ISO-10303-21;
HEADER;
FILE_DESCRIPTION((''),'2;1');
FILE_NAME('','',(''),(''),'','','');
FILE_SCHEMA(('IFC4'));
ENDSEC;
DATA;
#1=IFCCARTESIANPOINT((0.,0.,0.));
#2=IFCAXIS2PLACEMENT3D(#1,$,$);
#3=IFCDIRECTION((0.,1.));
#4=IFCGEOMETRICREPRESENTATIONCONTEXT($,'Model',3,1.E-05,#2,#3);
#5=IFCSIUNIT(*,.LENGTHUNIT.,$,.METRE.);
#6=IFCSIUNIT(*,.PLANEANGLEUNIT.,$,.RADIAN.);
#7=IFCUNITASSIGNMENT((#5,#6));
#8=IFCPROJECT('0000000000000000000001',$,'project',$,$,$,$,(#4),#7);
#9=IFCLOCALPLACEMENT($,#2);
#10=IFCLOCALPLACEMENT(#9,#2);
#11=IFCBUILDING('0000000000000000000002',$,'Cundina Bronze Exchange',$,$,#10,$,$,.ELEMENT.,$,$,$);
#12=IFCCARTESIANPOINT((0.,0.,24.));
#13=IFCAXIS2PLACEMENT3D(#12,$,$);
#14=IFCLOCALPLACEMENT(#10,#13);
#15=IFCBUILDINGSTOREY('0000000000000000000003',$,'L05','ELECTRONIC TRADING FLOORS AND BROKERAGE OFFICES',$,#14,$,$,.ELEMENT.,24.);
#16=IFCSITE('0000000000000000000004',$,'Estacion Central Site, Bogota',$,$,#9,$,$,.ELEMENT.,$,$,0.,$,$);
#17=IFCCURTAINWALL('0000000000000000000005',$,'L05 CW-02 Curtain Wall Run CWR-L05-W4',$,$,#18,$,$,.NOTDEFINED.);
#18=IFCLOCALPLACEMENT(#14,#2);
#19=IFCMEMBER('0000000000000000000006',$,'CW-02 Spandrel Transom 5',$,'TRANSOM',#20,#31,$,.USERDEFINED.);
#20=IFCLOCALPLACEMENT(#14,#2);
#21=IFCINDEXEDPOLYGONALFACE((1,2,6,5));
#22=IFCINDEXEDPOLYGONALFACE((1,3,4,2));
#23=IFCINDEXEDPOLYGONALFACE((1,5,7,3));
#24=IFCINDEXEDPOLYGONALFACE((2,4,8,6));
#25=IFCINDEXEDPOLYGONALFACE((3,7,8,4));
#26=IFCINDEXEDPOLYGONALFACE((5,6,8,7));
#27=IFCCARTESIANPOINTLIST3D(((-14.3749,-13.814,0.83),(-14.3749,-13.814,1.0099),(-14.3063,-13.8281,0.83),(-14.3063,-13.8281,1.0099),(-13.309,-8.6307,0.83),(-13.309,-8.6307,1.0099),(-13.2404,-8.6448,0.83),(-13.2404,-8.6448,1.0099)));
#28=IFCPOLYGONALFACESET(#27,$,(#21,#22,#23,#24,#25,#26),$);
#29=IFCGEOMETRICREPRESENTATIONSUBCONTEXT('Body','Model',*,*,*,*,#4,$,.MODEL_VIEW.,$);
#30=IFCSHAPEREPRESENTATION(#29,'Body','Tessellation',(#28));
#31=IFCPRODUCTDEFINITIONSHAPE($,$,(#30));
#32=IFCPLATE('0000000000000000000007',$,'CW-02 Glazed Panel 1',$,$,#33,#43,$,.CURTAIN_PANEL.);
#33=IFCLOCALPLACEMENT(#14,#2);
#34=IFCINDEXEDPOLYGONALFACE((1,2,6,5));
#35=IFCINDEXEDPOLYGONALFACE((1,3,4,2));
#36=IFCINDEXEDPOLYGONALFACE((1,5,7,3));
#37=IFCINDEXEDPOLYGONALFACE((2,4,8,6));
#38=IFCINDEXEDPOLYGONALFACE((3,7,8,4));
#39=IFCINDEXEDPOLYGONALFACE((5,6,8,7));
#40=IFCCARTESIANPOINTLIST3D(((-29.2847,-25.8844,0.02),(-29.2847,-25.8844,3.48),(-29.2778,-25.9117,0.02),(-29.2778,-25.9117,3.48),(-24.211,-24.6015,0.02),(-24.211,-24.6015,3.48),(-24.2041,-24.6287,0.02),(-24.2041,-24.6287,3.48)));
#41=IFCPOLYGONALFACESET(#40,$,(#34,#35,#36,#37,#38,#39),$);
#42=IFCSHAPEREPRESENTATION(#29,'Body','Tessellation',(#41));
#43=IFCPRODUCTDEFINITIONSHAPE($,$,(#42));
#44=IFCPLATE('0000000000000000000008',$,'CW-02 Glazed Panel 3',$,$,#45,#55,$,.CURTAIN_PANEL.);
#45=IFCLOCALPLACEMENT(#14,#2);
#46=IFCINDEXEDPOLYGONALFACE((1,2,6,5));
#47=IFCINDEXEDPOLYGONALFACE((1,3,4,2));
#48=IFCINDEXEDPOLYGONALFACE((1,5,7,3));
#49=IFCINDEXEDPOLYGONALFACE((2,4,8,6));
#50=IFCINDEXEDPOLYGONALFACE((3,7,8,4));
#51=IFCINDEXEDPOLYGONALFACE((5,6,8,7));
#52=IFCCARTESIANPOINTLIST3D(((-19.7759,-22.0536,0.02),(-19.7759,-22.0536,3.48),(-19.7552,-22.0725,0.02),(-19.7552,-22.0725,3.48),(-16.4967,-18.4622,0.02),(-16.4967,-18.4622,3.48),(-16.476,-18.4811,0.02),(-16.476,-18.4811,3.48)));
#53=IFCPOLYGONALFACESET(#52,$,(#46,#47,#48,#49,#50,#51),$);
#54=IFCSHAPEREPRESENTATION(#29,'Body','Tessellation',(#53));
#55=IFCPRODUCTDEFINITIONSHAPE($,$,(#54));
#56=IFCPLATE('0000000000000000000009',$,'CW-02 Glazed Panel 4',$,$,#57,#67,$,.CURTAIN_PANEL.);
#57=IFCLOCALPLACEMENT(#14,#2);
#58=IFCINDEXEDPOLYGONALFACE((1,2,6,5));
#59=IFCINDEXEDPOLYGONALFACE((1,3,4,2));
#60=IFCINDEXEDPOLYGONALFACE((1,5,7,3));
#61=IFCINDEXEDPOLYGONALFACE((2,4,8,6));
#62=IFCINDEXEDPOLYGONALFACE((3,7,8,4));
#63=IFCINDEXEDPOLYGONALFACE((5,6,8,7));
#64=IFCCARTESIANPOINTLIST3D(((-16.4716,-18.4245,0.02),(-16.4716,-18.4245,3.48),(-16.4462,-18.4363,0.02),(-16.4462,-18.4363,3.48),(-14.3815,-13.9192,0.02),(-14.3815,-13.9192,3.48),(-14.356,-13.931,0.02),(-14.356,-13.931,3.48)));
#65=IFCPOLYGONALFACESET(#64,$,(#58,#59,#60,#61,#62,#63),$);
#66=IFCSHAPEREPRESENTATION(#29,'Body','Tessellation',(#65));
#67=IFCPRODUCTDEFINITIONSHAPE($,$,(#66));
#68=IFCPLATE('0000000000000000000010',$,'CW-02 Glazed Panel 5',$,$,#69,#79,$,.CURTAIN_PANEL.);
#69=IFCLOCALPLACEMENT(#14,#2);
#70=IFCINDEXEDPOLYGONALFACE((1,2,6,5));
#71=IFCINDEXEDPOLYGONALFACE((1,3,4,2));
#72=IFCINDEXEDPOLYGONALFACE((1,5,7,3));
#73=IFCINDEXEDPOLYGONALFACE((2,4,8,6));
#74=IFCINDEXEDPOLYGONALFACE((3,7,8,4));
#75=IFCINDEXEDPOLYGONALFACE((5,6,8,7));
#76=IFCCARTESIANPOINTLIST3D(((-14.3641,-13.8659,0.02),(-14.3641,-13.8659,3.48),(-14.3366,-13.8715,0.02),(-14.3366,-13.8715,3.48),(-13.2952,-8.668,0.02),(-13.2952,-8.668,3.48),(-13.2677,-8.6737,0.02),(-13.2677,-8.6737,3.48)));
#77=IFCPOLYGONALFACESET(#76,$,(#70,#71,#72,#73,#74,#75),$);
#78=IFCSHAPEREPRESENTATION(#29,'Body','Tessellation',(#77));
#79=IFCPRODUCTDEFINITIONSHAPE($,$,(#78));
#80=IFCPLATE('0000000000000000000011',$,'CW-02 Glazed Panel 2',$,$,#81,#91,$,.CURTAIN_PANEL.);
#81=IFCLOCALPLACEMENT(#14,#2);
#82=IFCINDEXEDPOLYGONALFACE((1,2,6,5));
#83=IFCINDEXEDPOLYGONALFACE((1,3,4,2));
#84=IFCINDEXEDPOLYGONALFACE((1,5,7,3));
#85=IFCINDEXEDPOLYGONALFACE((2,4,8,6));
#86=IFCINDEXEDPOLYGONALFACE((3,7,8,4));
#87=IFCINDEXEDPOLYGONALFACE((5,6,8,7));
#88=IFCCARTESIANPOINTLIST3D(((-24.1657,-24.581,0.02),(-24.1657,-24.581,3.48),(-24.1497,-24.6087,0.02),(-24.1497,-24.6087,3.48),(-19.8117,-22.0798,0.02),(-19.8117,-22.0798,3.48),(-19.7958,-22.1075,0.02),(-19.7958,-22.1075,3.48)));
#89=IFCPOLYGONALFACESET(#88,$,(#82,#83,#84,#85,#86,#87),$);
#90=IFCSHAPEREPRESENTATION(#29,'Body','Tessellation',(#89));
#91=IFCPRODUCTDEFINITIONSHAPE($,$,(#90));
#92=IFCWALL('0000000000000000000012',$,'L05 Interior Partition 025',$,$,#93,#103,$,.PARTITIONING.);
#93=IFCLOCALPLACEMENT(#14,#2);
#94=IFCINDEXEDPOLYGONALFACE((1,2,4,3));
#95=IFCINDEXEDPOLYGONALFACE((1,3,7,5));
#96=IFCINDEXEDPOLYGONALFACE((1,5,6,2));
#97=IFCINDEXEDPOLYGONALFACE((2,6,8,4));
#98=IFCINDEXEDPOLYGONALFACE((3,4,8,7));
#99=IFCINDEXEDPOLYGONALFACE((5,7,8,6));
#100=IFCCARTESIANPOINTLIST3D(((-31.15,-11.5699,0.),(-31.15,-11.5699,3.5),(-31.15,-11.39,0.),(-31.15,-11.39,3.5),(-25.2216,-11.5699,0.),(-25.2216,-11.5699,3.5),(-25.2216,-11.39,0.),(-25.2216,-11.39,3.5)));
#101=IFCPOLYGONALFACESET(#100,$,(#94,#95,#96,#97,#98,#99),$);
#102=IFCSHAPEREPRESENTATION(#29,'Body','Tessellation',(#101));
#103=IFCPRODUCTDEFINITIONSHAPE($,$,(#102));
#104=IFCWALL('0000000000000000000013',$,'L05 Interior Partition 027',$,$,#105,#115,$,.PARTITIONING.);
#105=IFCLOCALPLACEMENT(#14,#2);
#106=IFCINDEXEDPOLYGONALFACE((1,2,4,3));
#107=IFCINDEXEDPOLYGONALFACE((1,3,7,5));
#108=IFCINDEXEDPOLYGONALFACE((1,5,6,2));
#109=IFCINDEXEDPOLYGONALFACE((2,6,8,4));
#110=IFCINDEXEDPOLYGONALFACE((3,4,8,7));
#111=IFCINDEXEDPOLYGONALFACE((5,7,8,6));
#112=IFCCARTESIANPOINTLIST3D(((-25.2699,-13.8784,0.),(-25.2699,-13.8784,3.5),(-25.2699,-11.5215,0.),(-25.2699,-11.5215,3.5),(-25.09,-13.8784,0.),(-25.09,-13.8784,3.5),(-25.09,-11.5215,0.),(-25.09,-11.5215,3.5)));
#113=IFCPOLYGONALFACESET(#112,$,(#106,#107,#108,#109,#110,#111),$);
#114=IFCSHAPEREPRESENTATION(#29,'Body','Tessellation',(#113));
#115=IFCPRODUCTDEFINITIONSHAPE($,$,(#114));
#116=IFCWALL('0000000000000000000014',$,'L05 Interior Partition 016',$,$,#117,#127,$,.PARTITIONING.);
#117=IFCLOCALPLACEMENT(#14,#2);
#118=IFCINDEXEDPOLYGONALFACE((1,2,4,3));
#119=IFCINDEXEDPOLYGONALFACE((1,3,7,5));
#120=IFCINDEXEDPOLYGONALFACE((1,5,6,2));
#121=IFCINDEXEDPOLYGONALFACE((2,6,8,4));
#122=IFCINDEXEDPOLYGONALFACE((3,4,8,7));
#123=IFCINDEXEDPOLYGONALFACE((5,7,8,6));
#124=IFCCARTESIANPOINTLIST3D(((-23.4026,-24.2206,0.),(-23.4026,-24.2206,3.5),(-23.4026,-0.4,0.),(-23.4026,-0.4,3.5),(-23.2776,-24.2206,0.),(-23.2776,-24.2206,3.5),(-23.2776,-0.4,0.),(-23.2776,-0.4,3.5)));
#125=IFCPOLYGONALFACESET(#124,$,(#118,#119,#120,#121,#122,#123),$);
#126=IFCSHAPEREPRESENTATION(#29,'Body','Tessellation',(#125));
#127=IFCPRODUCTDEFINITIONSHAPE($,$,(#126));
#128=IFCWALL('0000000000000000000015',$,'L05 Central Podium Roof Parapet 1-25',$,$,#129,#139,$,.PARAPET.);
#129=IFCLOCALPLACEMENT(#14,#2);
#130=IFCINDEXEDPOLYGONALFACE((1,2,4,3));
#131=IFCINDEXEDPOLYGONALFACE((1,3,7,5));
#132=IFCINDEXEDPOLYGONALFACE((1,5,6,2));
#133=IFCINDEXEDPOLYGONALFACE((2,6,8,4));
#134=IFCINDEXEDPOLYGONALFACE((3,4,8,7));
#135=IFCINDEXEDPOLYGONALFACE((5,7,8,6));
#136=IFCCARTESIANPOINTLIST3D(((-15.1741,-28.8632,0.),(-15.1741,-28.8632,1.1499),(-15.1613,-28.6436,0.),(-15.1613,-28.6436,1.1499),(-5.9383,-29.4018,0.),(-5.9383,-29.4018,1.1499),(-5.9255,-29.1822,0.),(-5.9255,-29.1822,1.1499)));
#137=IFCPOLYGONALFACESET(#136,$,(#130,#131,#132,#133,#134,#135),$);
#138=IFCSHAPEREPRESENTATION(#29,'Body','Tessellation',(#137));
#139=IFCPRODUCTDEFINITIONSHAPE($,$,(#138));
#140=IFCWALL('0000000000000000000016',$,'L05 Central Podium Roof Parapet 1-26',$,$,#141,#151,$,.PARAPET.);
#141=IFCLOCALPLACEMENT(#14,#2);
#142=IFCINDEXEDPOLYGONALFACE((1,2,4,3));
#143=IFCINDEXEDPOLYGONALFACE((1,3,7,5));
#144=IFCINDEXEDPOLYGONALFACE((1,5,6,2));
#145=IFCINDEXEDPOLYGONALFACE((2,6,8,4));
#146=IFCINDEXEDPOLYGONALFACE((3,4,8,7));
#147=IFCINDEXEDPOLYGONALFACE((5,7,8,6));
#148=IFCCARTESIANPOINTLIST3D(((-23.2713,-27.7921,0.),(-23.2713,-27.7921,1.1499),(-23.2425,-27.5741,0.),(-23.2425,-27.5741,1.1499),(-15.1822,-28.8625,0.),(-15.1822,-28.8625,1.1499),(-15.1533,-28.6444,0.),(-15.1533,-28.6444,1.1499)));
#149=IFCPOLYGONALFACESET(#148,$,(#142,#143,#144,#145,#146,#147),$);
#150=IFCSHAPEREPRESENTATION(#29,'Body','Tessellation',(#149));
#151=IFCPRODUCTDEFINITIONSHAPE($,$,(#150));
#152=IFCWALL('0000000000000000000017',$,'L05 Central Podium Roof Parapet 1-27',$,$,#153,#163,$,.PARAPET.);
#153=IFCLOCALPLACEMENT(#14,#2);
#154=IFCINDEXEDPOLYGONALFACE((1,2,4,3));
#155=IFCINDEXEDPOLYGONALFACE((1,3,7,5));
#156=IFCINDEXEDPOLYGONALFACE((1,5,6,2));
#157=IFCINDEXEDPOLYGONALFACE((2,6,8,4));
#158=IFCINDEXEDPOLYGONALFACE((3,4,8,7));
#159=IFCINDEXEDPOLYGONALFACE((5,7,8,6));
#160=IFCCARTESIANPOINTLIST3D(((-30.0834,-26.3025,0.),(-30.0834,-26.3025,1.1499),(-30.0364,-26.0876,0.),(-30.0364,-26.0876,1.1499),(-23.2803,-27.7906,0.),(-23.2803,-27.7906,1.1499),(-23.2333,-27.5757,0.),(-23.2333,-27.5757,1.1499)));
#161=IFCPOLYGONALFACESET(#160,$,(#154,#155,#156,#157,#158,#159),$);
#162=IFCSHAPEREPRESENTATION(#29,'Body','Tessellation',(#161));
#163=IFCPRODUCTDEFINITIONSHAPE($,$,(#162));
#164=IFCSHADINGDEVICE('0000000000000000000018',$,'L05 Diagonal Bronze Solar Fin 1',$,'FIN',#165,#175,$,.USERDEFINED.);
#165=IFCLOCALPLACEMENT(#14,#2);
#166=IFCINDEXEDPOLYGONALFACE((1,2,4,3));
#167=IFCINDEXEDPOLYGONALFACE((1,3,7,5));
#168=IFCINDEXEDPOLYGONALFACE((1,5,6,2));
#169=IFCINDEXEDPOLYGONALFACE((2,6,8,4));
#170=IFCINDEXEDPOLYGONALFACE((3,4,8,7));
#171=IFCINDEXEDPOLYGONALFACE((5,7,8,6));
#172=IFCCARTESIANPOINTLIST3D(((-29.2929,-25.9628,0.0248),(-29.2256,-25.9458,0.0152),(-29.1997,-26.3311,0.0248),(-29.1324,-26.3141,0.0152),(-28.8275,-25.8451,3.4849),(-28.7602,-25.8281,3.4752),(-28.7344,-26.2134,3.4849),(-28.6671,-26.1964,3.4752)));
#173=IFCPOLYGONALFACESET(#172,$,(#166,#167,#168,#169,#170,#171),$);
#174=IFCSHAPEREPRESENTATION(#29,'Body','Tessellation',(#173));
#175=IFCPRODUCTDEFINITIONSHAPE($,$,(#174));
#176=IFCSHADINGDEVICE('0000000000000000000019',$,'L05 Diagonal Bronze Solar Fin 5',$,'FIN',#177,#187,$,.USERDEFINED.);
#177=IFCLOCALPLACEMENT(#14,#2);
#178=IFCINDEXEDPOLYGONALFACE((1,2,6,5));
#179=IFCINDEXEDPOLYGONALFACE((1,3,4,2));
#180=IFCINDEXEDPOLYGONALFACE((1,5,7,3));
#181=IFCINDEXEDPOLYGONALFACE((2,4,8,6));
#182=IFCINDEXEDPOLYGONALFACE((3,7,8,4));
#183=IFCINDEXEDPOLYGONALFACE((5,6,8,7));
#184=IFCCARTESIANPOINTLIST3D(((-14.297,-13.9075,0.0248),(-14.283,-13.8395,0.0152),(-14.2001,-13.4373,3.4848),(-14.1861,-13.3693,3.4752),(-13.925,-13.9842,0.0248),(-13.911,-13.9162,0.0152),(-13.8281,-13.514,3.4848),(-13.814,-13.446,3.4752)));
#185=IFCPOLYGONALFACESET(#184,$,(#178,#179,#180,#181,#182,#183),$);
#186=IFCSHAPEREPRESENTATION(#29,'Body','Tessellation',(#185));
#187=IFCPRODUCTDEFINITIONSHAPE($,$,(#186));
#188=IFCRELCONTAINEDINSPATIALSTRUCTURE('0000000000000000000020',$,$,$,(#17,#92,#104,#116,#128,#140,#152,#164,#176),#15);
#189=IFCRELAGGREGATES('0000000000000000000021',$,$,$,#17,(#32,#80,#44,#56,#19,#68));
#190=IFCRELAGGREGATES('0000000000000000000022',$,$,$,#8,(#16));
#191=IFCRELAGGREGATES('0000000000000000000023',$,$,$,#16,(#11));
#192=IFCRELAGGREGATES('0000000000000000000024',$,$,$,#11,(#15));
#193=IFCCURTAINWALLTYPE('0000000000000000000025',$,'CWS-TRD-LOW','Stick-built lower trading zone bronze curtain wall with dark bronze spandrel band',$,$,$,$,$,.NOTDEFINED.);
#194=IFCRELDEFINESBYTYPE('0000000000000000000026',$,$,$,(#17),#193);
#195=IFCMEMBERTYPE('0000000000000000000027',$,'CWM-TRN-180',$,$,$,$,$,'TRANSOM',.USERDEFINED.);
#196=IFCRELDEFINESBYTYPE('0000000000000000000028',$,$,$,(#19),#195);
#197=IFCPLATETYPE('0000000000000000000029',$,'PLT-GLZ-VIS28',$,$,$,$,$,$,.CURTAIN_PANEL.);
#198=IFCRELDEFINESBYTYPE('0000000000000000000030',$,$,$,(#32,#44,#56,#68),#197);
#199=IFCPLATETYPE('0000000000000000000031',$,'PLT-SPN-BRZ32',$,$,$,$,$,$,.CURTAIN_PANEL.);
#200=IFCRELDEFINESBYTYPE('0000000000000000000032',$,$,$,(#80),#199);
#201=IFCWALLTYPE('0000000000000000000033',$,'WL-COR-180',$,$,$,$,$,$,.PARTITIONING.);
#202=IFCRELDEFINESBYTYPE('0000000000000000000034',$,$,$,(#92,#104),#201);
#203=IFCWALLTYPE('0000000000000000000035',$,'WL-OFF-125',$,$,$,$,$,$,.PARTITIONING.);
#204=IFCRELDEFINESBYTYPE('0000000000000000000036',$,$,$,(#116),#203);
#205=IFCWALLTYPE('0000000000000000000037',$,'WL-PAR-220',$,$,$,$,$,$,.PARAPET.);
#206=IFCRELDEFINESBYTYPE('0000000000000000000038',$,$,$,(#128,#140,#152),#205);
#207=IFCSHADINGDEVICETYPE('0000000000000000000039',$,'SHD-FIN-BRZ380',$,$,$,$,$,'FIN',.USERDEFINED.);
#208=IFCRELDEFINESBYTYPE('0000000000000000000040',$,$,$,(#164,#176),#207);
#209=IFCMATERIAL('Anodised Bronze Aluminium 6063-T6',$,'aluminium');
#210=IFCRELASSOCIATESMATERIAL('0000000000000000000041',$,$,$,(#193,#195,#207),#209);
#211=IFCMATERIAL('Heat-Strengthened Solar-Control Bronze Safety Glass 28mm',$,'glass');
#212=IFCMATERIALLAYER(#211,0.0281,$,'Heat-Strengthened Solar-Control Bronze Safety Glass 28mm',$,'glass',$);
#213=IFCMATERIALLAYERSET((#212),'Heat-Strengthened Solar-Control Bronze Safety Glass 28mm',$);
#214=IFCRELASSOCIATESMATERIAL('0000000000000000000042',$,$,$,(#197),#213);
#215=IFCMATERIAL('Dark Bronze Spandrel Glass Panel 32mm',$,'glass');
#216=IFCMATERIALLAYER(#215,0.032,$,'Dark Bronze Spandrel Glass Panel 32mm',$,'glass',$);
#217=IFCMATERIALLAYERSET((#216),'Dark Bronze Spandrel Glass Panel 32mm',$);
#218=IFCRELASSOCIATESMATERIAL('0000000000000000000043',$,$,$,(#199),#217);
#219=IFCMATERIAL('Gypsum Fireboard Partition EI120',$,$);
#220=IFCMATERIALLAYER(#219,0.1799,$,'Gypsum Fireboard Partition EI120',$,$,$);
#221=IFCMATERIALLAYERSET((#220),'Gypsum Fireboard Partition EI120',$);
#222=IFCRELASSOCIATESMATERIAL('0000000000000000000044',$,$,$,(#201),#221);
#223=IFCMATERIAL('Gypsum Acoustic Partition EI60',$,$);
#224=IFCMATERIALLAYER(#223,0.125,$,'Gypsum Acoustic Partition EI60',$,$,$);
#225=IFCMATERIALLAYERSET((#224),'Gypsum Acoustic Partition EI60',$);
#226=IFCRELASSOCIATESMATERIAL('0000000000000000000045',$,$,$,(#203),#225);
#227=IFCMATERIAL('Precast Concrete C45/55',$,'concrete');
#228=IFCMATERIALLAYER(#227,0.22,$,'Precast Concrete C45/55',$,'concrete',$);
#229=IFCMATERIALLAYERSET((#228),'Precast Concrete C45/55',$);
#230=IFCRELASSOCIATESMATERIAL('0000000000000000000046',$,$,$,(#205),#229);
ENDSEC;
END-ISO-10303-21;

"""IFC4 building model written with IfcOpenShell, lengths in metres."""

from ifc_helpers import new_model, si_unit, direction, frame, frame_2d, origin, origin_2d, place, context, subcontext, project, spatial, rectangle, extrude, material, layer, layer_set, material_profile, profile_set, type_object, element, aggregate, save


model = new_model("IFC4")

# Units and contexts
model_context = context("Model", 3, precision=1e-05, world=origin(), true_north=direction((0.0, 1.0)))
body_context = subcontext(model_context, "Body", "Model", "MODEL_VIEW")
ifc_project = project(units=[si_unit("LENGTHUNIT", "METRE"), si_unit("PLANEANGLEUNIT", "RADIAN")], contexts=[model_context])

# Site, building, storey
site_placement = place(None, origin())
site = spatial("IfcSite", under=ifc_project, at=site_placement, Name="Estacion Central Site, Bogota", CompositionType="ELEMENT", RefElevation=0.0)
building_placement = place(site_placement, origin())
building = spatial("IfcBuilding", under=site, at=building_placement, Name="Cundina Bronze Exchange", CompositionType="ELEMENT")
storey_placement = place(building_placement, frame((0.0, 0.0, 24.0)))
storey = spatial("IfcBuildingStorey", under=building, at=storey_placement, Name="L05", Description="ELECTRONIC TRADING FLOORS AND BROKERAGE OFFICES", CompositionType="ELEMENT", Elevation=24.0)

# Shared definitions
ifc_material_1 = material(Name="Anodised Bronze Aluminium 6063-T6", Category="aluminium")
curtain_wall_type = type_object("IfcCurtainWallType", Name="CWS-TRD-LOW", Description="Stick-built lower trading zone bronze curtain wall with dark bronze spandrel band", PredefinedType="NOTDEFINED", material=ifc_material_1)

# Curtain wall, member, plates
curtain_wall_1_placement = place(storey_placement, origin())
curtain_wall_1 = element("IfcCurtainWall", 1, at=curtain_wall_1_placement, inside=storey, type_object=curtain_wall_type, Name="L05 CW-02 Curtain Wall Run CWR-L05-W4", PredefinedType="NOTDEFINED")
ifc_material_profile_1 = material_profile(ifc_material_1, rectangle(XDim=0.0701, YDim=0.1799, at=origin_2d()), Name="AL70X180", Category="aluminium")
ifc_profile_set_1 = profile_set([ifc_material_profile_1], Name="Anodised Bronze Aluminium 6063-T6")
member_type_1 = type_object("IfcMemberType", Name="CWM-TRN-180", ElementType="TRANSOM", PredefinedType="USERDEFINED", material=ifc_profile_set_1)
member_1_placement = place(storey_placement, frame((-14.3406, -13.821, 0.9199), z_axis=(0.201428, 0.979503, 0.0), x_axis=(-0.979503, 0.201428, 0.0)))
member_1 = element("IfcMember", 2, at=member_1_placement, type_object=member_type_1, Name="CW-02 Spandrel Transom 5", ObjectType="TRANSOM", PredefinedType="USERDEFINED", context=body_context, shape_type="SweptSolid", body=[
    extrude(rectangle(XDim=0.0701, YDim=0.1799, at=origin_2d()), origin(), (0.0, 0.0, 1.0), 5.2917),
])
ifc_material_2 = material(Name="Heat-Strengthened Solar-Control Bronze Safety Glass 28mm", Category="glass")
ifc_layer_1 = layer(ifc_material_2, 0.0281, Name="Heat-Strengthened Solar-Control Bronze Safety Glass 28mm", Category="glass")
ifc_layer_set_1 = layer_set([ifc_layer_1], Name="Heat-Strengthened Solar-Control Bronze Safety Glass 28mm")
plate_type_1 = type_object("IfcPlateType", Name="PLT-GLZ-VIS28", PredefinedType="CURTAIN_PANEL", material=ifc_layer_set_1)
plate_1_placement = place(storey_placement, frame((-26.7444, -25.2566, 0.02), z_axis=(0.0, 0.0, 1.0), x_axis=(0.969488, 0.245138, 0.0)))
plate_1 = element("IfcPlate", 3, at=plate_1_placement, type_object=plate_type_1, Name="CW-02 Glazed Panel 1", PredefinedType="CURTAIN_PANEL", context=body_context, shape_type="SweptSolid", body=[
    extrude(rectangle(XDim=5.2334, YDim=0.0281, at=origin_2d()), origin(), (0.0, 0.0, 1.0), 3.46),
])
plate_2_placement = place(storey_placement, frame((-18.126, -20.2673, 0.02), z_axis=(0.0, 0.0, 1.0), x_axis=(0.674277, 0.738479, 0.0)))
plate_2 = element("IfcPlate", 4, at=plate_2_placement, type_object=plate_type_1, Name="CW-02 Glazed Panel 3", PredefinedType="CURTAIN_PANEL", context=body_context, shape_type="SweptSolid", body=[
    extrude(rectangle(XDim=4.8633, YDim=0.0281, at=origin_2d()), origin(), (0.0, 0.0, 1.0), 3.46),
])
plate_3_placement = place(storey_placement, frame((-15.4138, -16.1777, 0.02), z_axis=(0.0, 0.0, 1.0), x_axis=(0.420846, 0.907132, 0.0)))
plate_3 = element("IfcPlate", 5, at=plate_3_placement, type_object=plate_type_1, Name="CW-02 Glazed Panel 4", PredefinedType="CURTAIN_PANEL", context=body_context, shape_type="SweptSolid", body=[
    extrude(rectangle(XDim=4.9666, YDim=0.0281, at=origin_2d()), origin(), (0.0, 0.0, 1.0), 3.46),
])
plate_4_placement = place(storey_placement, frame((-13.8159, -11.2698, 0.02), z_axis=(0.0, 0.0, 1.0), x_axis=(0.20142, 0.979505, 0.0)))
plate_4 = element("IfcPlate", 6, at=plate_4_placement, type_object=plate_type_1, Name="CW-02 Glazed Panel 5", PredefinedType="CURTAIN_PANEL", context=body_context, shape_type="SweptSolid", body=[
    extrude(rectangle(XDim=5.3066, YDim=0.0281, at=origin_2d()), origin(), (0.0, 0.0, 1.0), 3.46),
])
ifc_material_3 = material(Name="Dark Bronze Spandrel Glass Panel 32mm", Category="glass")
ifc_layer_2 = layer(ifc_material_3, 0.032, Name="Dark Bronze Spandrel Glass Panel 32mm", Category="glass")
ifc_layer_set_2 = layer_set([ifc_layer_2], Name="Dark Bronze Spandrel Glass Panel 32mm")
plate_type_2 = type_object("IfcPlateType", Name="PLT-SPN-BRZ32", PredefinedType="CURTAIN_PANEL", material=ifc_layer_set_2)
plate_5_placement = place(storey_placement, frame((-21.9807, -23.3442, 0.02), z_axis=(0.0, 0.0, 1.0), x_axis=(0.867105, 0.498125, 0.0)))
plate_5 = element("IfcPlate", 7, at=plate_5_placement, type_object=plate_type_2, Name="CW-02 Glazed Panel 2", PredefinedType="CURTAIN_PANEL", context=body_context, shape_type="SweptSolid", body=[
    extrude(rectangle(XDim=5.0212, YDim=0.032, at=origin_2d()), origin(), (0.0, 0.0, 1.0), 3.46),
])
aggregate(curtain_wall_1, [plate_1, plate_5, plate_2, plate_3, member_1, plate_4])

# Walls
ifc_material_4 = material(Name="Gypsum Fireboard Partition EI120")
ifc_layer_3 = layer(ifc_material_4, 0.1799, Name="Gypsum Fireboard Partition EI120")
ifc_layer_set_3 = layer_set([ifc_layer_3], Name="Gypsum Fireboard Partition EI120")
wall_type_1 = type_object("IfcWallType", Name="WL-COR-180", PredefinedType="PARTITIONING", material=ifc_layer_set_3)
wall_1_placement = place(storey_placement, frame((-25.2214, -11.48, 0.0), z_axis=(0.0, 0.0, 1.0), x_axis=(-1.0, 0.0, 0.0)))
element("IfcWall", 8, at=wall_1_placement, inside=storey, type_object=wall_type_1, Name="L05 Interior Partition 025", PredefinedType="PARTITIONING", context=body_context, shape_type="SweptSolid", body=[
    extrude(rectangle(XDim=5.9285, YDim=0.1799, at=frame_2d((2.9644, 0.0))), origin(), (0.0, 0.0, 1.0), 3.5),
])
wall_2_placement = place(storey_placement, frame((-25.1799, -13.8784, 0.0), z_axis=(0.0, 0.0, 1.0), x_axis=(0.0, 1.0, 0.0)))
element("IfcWall", 9, at=wall_2_placement, inside=storey, type_object=wall_type_1, Name="L05 Interior Partition 027", PredefinedType="PARTITIONING", context=body_context, shape_type="SweptSolid", body=[
    extrude(rectangle(XDim=2.3569, YDim=0.1799, at=frame_2d((1.1785, 0.0))), origin(), (0.0, 0.0, 1.0), 3.5),
])
ifc_material_5 = material(Name="Gypsum Acoustic Partition EI60")
ifc_layer_4 = layer(ifc_material_5, 0.125, Name="Gypsum Acoustic Partition EI60")
ifc_layer_set_4 = layer_set([ifc_layer_4], Name="Gypsum Acoustic Partition EI60")
wall_type_2 = type_object("IfcWallType", Name="WL-OFF-125", PredefinedType="PARTITIONING", material=ifc_layer_set_4)
wall_3_placement = place(storey_placement, frame((-23.3401, -24.2205, 0.0), z_axis=(0.0, 0.0, 1.0), x_axis=(0.0, 1.0, 0.0)))
element("IfcWall", 10, at=wall_3_placement, inside=storey, type_object=wall_type_2, Name="L05 Interior Partition 016", PredefinedType="PARTITIONING", context=body_context, shape_type="SweptSolid", body=[
    extrude(rectangle(XDim=23.8206, YDim=0.125, at=frame_2d((11.9102, 0.0))), origin(), (0.0, 0.0, 1.0), 3.5),
])
ifc_material_6 = material(Name="Precast Concrete C45/55", Category="concrete")
ifc_layer_5 = layer(ifc_material_6, 0.22, Name="Precast Concrete C45/55", Category="concrete")
ifc_layer_set_5 = layer_set([ifc_layer_5], Name="Precast Concrete C45/55")
wall_type_3 = type_object("IfcWallType", Name="WL-PAR-220", PredefinedType="PARAPET", material=ifc_layer_set_5)
wall_4_placement = place(storey_placement, frame((-5.9319, -29.292, 0.0), z_axis=(0.0, 0.0, 1.0), x_axis=(-0.998304, 0.058215, 0.0)))
element("IfcWall", 11, at=wall_4_placement, inside=storey, type_object=wall_type_3, Name="L05 Central Podium Roof Parapet 1-25", PredefinedType="PARAPET", context=body_context, shape_type="SweptSolid", body=[
    extrude(rectangle(XDim=9.2515, YDim=0.22, at=frame_2d((4.6257, 0.0))), origin(), (0.0, 0.0, 1.0), 1.1499),
])
wall_5_placement = place(storey_placement, frame((-15.1677, -28.7534, 0.0), z_axis=(0.0, 0.0, 1.0), x_axis=(-0.99136, 0.131172, 0.0)))
element("IfcWall", 12, at=wall_5_placement, inside=storey, type_object=wall_type_3, Name="L05 Central Podium Roof Parapet 1-26", PredefinedType="PARAPET", context=body_context, shape_type="SweptSolid", body=[
    extrude(rectangle(XDim=8.1597, YDim=0.22, at=frame_2d((4.0798, 0.0))), origin(), (0.0, 0.0, 1.0), 1.1499),
])
wall_6_placement = place(storey_placement, frame((-23.2568, -27.6831, 0.0), z_axis=(0.0, 0.0, 1.0), x_axis=(-0.976903, 0.213681, 0.0)))
element("IfcWall", 13, at=wall_6_placement, inside=storey, type_object=wall_type_3, Name="L05 Central Podium Roof Parapet 1-27", PredefinedType="PARAPET", context=body_context, shape_type="SweptSolid", body=[
    extrude(rectangle(XDim=6.9639, YDim=0.22, at=frame_2d((3.4819, 0.0))), origin(), (0.0, 0.0, 1.0), 1.1499),
])

# Shading devices
ifc_material_profile_2 = material_profile(ifc_material_1, rectangle(XDim=0.0701, YDim=0.3799, at=origin_2d()), Name="FIN70X380", Category="aluminium")
ifc_profile_set_2 = profile_set([ifc_material_profile_2], Name="Anodised Bronze Aluminium 6063-T6")
shading_device_type = type_object("IfcShadingDeviceType", Name="SHD-FIN-BRZ380", ElementType="FIN", PredefinedType="USERDEFINED", material=ifc_profile_set_2)
for number, where, z_axis, x_axis, name in (
    (14, (-29.2126, -26.1384, 0.02), (0.133215, 0.033688, 0.990514), (-0.960285, -0.242842, 0.137408), "L05 Diagonal Bronze Solar Fin 1"),
    (15, (-14.104, -13.9119, 0.02), (0.027747, 0.134612, 0.99051), (-0.199967, -0.970115, 0.137442), "L05 Diagonal Bronze Solar Fin 5"),
):
    element("IfcShadingDevice", number, at=place(storey_placement, frame(where, z_axis=z_axis, x_axis=x_axis)), inside=storey, type_object=shading_device_type, Name=name, ObjectType="FIN", PredefinedType="USERDEFINED", context=body_context, shape_type="SweptSolid", body=[
        extrude(rectangle(XDim=0.0701, YDim=0.3799, at=origin_2d()), origin(), (0.0, 0.0, 1.0), 3.4932),
    ])

save(model, "model.ifc")
